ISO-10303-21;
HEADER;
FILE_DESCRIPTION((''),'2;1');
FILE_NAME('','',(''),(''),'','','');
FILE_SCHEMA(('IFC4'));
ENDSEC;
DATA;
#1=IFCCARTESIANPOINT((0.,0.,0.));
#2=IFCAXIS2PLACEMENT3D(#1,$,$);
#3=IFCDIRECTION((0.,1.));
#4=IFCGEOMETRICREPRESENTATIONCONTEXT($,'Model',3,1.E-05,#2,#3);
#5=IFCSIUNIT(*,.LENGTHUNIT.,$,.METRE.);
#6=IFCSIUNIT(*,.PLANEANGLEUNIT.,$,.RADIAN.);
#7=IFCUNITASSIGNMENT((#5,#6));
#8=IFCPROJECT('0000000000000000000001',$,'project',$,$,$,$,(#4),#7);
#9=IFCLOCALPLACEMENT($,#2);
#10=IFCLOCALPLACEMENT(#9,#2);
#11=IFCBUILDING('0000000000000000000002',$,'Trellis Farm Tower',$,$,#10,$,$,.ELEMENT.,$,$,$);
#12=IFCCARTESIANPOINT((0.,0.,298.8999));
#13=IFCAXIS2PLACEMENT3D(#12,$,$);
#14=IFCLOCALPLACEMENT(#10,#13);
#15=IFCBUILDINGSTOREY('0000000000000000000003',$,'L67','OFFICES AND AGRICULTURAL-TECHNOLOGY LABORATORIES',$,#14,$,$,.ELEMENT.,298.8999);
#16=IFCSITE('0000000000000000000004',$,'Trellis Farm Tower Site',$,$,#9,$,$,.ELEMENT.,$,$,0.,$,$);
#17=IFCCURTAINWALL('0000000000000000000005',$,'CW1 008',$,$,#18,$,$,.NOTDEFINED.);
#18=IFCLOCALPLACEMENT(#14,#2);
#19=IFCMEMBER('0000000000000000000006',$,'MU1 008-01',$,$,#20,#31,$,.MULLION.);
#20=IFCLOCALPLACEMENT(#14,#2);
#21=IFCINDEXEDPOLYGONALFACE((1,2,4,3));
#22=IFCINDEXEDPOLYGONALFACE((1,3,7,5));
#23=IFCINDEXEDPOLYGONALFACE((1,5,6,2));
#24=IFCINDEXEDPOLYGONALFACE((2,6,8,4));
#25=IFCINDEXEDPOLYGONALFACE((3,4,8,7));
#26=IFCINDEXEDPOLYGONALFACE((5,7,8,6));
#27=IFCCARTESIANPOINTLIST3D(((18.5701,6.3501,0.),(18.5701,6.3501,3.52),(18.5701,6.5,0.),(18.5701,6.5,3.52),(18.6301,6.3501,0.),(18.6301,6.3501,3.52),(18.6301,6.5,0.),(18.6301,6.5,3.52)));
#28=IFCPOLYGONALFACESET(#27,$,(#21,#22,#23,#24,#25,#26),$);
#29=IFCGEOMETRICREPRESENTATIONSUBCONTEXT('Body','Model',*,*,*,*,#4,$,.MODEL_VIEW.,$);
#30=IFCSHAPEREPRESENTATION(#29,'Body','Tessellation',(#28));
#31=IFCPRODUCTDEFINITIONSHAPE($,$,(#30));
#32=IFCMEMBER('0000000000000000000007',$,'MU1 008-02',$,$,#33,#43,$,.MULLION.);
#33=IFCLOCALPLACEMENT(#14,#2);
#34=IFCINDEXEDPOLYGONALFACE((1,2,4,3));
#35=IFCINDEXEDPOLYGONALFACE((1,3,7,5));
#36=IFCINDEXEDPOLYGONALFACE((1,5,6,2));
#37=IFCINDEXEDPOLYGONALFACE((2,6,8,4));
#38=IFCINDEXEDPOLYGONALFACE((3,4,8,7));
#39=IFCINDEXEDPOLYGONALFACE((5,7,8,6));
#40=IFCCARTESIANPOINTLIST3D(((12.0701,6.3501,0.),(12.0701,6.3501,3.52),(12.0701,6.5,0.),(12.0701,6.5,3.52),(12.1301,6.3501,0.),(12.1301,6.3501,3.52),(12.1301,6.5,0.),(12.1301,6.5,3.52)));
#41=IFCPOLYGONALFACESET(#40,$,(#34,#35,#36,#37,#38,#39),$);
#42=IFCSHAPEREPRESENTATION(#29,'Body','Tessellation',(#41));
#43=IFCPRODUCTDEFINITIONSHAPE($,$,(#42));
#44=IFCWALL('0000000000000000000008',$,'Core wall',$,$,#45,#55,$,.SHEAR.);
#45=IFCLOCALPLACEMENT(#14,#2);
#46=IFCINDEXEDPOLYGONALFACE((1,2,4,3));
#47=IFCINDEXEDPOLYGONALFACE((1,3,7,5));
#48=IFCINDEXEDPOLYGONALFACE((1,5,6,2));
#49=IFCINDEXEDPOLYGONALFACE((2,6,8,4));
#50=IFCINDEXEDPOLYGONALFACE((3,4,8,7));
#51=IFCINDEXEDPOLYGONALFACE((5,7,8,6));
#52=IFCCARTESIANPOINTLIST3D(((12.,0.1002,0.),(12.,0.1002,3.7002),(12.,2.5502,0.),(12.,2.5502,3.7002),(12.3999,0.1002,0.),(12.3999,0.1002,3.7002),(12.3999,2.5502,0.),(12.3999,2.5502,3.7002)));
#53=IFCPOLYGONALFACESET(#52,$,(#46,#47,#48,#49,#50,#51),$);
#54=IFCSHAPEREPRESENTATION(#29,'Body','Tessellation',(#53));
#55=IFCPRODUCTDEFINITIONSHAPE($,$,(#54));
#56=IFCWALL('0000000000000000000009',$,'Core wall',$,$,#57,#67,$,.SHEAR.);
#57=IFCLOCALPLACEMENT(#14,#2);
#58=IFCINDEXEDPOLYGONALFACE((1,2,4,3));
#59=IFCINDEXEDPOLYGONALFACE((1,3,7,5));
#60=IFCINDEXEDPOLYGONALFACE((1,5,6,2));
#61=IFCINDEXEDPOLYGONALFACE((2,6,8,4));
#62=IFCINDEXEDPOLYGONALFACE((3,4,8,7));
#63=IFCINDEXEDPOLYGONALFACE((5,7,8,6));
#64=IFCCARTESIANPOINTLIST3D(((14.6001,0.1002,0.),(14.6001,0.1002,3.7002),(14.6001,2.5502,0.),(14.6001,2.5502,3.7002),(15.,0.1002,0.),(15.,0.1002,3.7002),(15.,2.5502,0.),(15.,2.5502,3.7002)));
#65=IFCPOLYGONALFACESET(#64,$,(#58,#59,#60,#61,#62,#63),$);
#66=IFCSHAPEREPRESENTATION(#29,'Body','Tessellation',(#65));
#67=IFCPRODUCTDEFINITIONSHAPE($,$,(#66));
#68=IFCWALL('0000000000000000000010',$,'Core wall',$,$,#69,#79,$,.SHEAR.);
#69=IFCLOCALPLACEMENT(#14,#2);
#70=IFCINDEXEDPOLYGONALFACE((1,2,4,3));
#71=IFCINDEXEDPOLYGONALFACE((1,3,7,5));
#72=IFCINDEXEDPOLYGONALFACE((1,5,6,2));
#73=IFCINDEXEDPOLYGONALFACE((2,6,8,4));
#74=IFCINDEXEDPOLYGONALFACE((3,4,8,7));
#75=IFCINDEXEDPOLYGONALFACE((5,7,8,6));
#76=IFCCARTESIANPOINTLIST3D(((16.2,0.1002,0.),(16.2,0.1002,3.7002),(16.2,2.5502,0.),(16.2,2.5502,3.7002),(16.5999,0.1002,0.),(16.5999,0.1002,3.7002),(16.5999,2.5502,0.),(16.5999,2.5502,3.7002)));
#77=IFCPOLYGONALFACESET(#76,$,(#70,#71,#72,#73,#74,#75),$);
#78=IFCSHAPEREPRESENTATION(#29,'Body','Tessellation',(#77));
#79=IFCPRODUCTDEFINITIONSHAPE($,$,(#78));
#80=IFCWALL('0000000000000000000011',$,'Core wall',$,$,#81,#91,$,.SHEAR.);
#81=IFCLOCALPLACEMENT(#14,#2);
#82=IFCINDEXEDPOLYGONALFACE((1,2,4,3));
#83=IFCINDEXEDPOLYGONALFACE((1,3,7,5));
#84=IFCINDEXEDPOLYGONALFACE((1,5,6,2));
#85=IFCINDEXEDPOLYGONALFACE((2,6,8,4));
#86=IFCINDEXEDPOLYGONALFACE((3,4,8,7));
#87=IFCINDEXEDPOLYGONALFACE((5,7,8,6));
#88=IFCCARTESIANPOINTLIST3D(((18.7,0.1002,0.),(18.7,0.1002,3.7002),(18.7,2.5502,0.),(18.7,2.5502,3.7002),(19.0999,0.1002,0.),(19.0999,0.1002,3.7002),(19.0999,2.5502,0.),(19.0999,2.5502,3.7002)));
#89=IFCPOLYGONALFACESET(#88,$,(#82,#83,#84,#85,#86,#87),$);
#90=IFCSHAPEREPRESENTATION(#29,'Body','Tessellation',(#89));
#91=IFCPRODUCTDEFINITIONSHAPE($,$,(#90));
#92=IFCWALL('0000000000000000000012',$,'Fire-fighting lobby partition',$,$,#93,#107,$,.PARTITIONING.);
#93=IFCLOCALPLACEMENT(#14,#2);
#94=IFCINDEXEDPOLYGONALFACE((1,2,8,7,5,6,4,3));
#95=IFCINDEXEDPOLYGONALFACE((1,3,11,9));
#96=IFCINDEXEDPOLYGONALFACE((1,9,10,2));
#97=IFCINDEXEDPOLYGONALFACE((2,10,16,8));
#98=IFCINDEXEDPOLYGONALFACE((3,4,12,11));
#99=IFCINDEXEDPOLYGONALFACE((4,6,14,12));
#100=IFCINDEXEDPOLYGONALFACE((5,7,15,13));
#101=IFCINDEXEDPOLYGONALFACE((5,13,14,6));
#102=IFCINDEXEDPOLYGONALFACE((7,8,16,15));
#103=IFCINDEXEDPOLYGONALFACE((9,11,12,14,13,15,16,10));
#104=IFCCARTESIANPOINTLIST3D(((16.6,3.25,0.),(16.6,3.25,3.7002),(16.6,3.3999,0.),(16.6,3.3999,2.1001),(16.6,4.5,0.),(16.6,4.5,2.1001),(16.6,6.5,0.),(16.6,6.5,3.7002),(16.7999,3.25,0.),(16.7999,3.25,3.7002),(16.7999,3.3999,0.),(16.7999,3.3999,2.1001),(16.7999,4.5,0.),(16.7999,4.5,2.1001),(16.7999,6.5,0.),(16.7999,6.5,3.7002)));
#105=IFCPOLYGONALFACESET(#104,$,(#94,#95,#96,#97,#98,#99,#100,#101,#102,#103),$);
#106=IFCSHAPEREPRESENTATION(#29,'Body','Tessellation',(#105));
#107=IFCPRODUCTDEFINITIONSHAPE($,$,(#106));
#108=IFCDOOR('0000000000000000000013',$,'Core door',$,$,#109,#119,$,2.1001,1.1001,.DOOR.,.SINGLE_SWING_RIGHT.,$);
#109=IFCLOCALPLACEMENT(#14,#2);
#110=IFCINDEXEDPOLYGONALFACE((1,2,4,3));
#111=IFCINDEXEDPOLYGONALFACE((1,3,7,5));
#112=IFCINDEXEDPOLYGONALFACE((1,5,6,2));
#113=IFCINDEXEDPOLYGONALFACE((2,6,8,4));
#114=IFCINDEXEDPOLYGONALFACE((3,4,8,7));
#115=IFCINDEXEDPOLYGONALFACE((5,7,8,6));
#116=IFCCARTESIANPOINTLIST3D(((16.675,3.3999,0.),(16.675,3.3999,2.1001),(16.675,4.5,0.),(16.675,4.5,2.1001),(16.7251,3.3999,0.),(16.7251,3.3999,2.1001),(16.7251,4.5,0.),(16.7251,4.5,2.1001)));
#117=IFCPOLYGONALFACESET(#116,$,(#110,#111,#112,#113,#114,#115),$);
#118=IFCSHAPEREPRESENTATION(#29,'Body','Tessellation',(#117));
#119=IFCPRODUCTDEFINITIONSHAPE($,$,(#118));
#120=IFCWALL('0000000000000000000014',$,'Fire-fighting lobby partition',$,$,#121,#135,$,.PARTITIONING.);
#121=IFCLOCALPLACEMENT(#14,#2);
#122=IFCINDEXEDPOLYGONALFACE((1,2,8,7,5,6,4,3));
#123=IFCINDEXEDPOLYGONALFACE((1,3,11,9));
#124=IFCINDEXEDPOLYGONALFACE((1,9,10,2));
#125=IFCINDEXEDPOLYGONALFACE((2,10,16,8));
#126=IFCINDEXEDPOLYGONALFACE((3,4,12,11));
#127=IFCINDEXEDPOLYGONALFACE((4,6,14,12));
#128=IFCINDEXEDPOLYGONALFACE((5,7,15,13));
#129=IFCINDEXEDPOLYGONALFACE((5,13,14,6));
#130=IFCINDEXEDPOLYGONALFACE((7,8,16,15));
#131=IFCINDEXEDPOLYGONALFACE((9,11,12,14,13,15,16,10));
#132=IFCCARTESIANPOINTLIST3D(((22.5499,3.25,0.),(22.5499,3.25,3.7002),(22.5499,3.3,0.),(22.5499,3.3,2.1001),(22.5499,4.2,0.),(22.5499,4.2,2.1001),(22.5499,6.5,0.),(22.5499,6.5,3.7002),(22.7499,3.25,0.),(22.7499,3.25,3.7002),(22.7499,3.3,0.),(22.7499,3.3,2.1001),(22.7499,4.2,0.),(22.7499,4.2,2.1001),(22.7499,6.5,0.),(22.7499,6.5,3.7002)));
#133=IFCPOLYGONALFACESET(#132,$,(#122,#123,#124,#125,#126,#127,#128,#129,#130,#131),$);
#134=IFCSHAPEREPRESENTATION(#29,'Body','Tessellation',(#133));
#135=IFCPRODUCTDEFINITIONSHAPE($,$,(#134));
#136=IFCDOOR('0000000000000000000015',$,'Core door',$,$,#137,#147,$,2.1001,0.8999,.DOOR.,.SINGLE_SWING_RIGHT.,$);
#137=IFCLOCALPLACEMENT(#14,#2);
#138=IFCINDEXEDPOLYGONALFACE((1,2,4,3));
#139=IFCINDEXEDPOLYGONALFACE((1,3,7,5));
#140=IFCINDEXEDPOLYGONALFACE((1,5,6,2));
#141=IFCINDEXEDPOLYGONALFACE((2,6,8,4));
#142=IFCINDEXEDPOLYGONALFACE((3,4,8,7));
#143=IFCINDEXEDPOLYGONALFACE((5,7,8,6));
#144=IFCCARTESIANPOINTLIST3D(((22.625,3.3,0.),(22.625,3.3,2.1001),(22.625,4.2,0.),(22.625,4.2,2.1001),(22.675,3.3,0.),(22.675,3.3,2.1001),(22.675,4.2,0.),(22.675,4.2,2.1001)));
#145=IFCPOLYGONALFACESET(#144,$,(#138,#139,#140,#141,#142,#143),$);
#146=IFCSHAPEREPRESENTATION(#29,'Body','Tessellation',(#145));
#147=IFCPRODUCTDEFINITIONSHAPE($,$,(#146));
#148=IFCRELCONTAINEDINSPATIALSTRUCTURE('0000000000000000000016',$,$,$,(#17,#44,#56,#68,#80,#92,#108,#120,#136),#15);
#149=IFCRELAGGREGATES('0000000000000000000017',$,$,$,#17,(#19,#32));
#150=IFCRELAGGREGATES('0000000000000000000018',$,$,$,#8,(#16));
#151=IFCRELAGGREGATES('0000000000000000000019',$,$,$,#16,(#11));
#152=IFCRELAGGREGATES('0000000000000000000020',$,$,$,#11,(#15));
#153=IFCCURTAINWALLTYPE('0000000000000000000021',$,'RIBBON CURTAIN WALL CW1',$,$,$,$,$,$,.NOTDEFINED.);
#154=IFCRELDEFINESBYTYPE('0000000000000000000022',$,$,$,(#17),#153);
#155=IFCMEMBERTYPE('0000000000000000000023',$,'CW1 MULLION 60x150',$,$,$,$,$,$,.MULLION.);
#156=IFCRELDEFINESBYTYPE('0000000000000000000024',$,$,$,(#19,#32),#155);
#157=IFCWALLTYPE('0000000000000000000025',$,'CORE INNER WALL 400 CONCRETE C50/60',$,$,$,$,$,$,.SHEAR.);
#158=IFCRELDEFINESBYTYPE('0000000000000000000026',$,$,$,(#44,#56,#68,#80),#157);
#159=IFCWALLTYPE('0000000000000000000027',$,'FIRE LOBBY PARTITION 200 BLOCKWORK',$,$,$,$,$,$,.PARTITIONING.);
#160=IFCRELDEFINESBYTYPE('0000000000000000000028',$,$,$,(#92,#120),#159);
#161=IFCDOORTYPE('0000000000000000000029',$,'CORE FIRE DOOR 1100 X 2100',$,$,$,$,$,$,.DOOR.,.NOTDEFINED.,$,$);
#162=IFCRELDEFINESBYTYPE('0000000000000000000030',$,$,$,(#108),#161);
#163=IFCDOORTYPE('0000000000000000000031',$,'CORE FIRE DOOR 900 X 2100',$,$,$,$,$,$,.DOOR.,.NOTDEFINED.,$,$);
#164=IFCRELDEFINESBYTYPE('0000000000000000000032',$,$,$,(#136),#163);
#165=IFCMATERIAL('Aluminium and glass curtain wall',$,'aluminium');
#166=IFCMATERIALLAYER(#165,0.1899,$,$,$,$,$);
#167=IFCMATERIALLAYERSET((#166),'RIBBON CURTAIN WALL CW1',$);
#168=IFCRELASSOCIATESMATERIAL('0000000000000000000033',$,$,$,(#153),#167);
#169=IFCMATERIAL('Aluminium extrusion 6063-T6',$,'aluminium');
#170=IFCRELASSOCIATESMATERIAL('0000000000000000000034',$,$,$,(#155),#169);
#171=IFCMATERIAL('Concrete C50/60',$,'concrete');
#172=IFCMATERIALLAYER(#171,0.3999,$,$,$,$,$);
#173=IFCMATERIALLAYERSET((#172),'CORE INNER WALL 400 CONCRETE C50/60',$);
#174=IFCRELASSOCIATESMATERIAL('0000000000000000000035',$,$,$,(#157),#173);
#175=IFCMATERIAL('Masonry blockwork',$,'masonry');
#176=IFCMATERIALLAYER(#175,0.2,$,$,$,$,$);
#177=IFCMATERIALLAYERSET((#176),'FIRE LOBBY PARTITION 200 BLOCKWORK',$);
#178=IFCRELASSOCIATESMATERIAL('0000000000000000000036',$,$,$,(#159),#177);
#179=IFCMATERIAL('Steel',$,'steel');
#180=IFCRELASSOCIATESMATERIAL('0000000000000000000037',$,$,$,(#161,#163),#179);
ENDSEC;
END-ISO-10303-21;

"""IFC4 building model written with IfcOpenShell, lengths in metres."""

from ifc_helpers import new_model, si_unit, direction, frame, frame_2d, origin, origin_2d, place, context, subcontext, project, spatial, rectangle, extrude, source, transform, mapped, material, layer, layer_set, material_profile, profile_set, type_object, element, fill, aggregate, save


model = new_model("IFC4")

# Units and contexts
model_context = context("Model", 3, precision=1e-05, world=origin(), true_north=direction((0.0, 1.0)))
body_context = subcontext(model_context, "Body", "Model", "MODEL_VIEW")
ifc_project = project(units=[si_unit("LENGTHUNIT", "METRE"), si_unit("PLANEANGLEUNIT", "RADIAN")], contexts=[model_context])

# Site, building, storey
site_placement = place(None, origin())
site = spatial("IfcSite", under=ifc_project, at=site_placement, Name="Trellis Farm Tower Site", CompositionType="ELEMENT", RefElevation=0.0)
building_placement = place(site_placement, origin())
building = spatial("IfcBuilding", under=site, at=building_placement, Name="Trellis Farm Tower", CompositionType="ELEMENT")
storey_placement = place(building_placement, frame((0.0, 0.0, 298.8999)))
storey = spatial("IfcBuildingStorey", under=building, at=storey_placement, Name="L67", Description="OFFICES AND AGRICULTURAL-TECHNOLOGY LABORATORIES", CompositionType="ELEMENT", Elevation=298.8999)

# Curtain wall, members
ifc_material_1 = material(Name="Aluminium and glass curtain wall", Category="aluminium")
ifc_layer_1 = layer(ifc_material_1, 0.1899)
ifc_layer_set_1 = layer_set([ifc_layer_1], Name="RIBBON CURTAIN WALL CW1")
curtain_wall_type = type_object("IfcCurtainWallType", Name="RIBBON CURTAIN WALL CW1", PredefinedType="NOTDEFINED", material=ifc_layer_set_1)
placement = place(storey_placement, origin())
ifc_material_2 = material(Name="Aluminium extrusion 6063-T6", Category="aluminium")
ifc_material_profile_1 = material_profile(ifc_material_2, rectangle(XDim=0.0601, YDim=0.1499, at=origin_2d()), Name="MULLION 60x150")
ifc_profile_set_1 = profile_set([ifc_material_profile_1], Name="Aluminium extrusion 6063-T6")
member_type = type_object("IfcMemberType", Name="CW1 MULLION 60x150", PredefinedType="MULLION", material=ifc_profile_set_1)
shared_shape_1 = source(origin(), body_context, "Body", "SweptSolid", [
    extrude(rectangle(XDim=0.0601, YDim=0.1499, at=origin_2d()), origin(), (0.0, 0.0, 1.0), 3.52),
])
curtain_wall_1 = element("IfcCurtainWall", 1, at=placement, inside=storey, type_object=curtain_wall_type, Name="CW1 008", PredefinedType="NOTDEFINED")
member_1_placement = place(storey_placement, frame((18.6001, 6.425, 0.0), z_axis=(0.0, 0.0, 1.0), x_axis=(-1.0, 0.0, 0.0)))
member_1 = element("IfcMember", 2, at=member_1_placement, type_object=member_type, Name="MU1 008-01", PredefinedType="MULLION", context=body_context, shape_type="MappedRepresentation", body=[
    mapped(shared_shape_1, transform((0.0, 0.0, 0.0))),
])
member_2_placement = place(storey_placement, frame((12.1001, 6.425, 0.0), z_axis=(0.0, 0.0, 1.0), x_axis=(-1.0, 0.0, 0.0)))
member_2 = element("IfcMember", 3, at=member_2_placement, type_object=member_type, Name="MU1 008-02", PredefinedType="MULLION", context=body_context, shape_type="MappedRepresentation", body=[
    mapped(shared_shape_1, transform((0.0, 0.0, 0.0))),
])
aggregate(curtain_wall_1, [member_1, member_2])

# Walls
ifc_material_3 = material(Name="Concrete C50/60", Category="concrete")
ifc_layer_2 = layer(ifc_material_3, 0.3999)
ifc_layer_set_2 = layer_set([ifc_layer_2], Name="CORE INNER WALL 400 CONCRETE C50/60")
wall_type_1 = type_object("IfcWallType", Name="CORE INNER WALL 400 CONCRETE C50/60", PredefinedType="SHEAR", material=ifc_layer_set_2)
shared_shape_2 = source(origin(), body_context, "Body", "SweptSolid", [
    extrude(rectangle(XDim=2.45, YDim=0.3999, at=frame_2d((1.2251, 0.0))), origin(), (0.0, 0.0, 1.0), 3.7002),
])
for number, where, z_axis, x_axis, name in (
    (4, (12.2, 0.1001, 0.0), (0.0, 0.0, 1.0), (0.0, 1.0, 0.0), "Core wall"),
    (5, (14.8, 0.1001, 0.0), (0.0, 0.0, 1.0), (0.0, 1.0, 0.0), "Core wall"),
    (6, (16.3999, 0.1001, 0.0), (0.0, 0.0, 1.0), (0.0, 1.0, 0.0), "Core wall"),
    (7, (18.8999, 0.1001, 0.0), (0.0, 0.0, 1.0), (0.0, 1.0, 0.0), "Core wall"),
):
    element("IfcWall", number, at=place(storey_placement, frame(where, z_axis=z_axis, x_axis=x_axis)), inside=storey, type_object=wall_type_1, Name=name, PredefinedType="SHEAR", context=body_context, shape_type="MappedRepresentation", body=[
        mapped(shared_shape_2, transform((0.0, 0.0, 0.0))),
    ])

# Walls, openings, doors
ifc_material_4 = material(Name="Masonry blockwork", Category="masonry")
ifc_layer_3 = layer(ifc_material_4, 0.2)
ifc_layer_set_3 = layer_set([ifc_layer_3], Name="FIRE LOBBY PARTITION 200 BLOCKWORK")
wall_type_2 = type_object("IfcWallType", Name="FIRE LOBBY PARTITION 200 BLOCKWORK", PredefinedType="PARTITIONING", material=ifc_layer_set_3)
shared_shape_3 = source(origin(), body_context, "Body", "SweptSolid", [
    extrude(rectangle(XDim=3.25, YDim=0.2, at=frame_2d((1.625, 0.0))), origin(), (0.0, 0.0, 1.0), 3.7002),
])
wall_1_placement = place(storey_placement, frame((16.7, 3.25, 0.0), z_axis=(0.0, 0.0, 1.0), x_axis=(0.0, 1.0, 0.0)))
wall_1 = element("IfcWall", 8, at=wall_1_placement, inside=storey, type_object=wall_type_2, Name="Fire-fighting lobby partition", PredefinedType="PARTITIONING", context=body_context, shape_type="MappedRepresentation", body=[
    mapped(shared_shape_3, transform((0.0, 0.0, 0.0))),
])
shared_shape_4 = source(origin(), body_context, "Body", "SweptSolid", [
    extrude(rectangle(XDim=1.1001, YDim=2.1001, at=frame_2d((0.55, 1.05))), frame((0.0, 0.1101, 0.0), z_axis=(0.0, -1.0, 0.0), x_axis=(1.0, 0.0, 0.0)), (0.0, 0.0, 1.0), 0.2202),
])
opening_1_placement = place(wall_1_placement, frame((0.1499, 0.0, 0.0)))
opening_1 = element("IfcOpeningElement", 9, at=opening_1_placement, cuts=wall_1, PredefinedType="OPENING", context=body_context, shape_type="MappedRepresentation", body=[
    mapped(shared_shape_4, transform((0.0, 0.0, 0.0))),
])
ifc_material_5 = material(Name="Steel", Category="steel")
door_type_1 = type_object("IfcDoorType", Name="CORE FIRE DOOR 1100 X 2100", OperationType="NOTDEFINED", PredefinedType="DOOR", material=ifc_material_5)
shared_shape_5 = source(origin(), body_context, "Body", "SweptSolid", [
    extrude(rectangle(XDim=1.1001, YDim=2.1001, at=frame_2d((0.55, 1.05))), frame((0.0, 0.0249, 0.0), z_axis=(0.0, -1.0, 0.0), x_axis=(1.0, 0.0, 0.0)), (0.0, 0.0, 1.0), 0.05),
])
door_1_placement = place(opening_1_placement, origin())
door_1 = element("IfcDoor", 10, at=door_1_placement, inside=storey, type_object=door_type_1, Name="Core door", OperationType="SINGLE_SWING_RIGHT", OverallHeight=2.1001, OverallWidth=1.1001, PredefinedType="DOOR", context=body_context, shape_type="MappedRepresentation", body=[
    mapped(shared_shape_5, transform((0.0, 0.0, 0.0))),
])
fill(opening_1, door_1)
wall_2_placement = place(storey_placement, frame((22.6499, 3.25, 0.0), z_axis=(0.0, 0.0, 1.0), x_axis=(0.0, 1.0, 0.0)))
wall_2 = element("IfcWall", 11, at=wall_2_placement, inside=storey, type_object=wall_type_2, Name="Fire-fighting lobby partition", PredefinedType="PARTITIONING", context=body_context, shape_type="MappedRepresentation", body=[
    mapped(shared_shape_3, transform((0.0, 0.0, 0.0))),
])
shared_shape_6 = source(origin(), body_context, "Body", "SweptSolid", [
    extrude(rectangle(XDim=0.8999, YDim=2.1001, at=frame_2d((0.45, 1.05))), frame((0.0, 0.1101, 0.0), z_axis=(0.0, -1.0, 0.0), x_axis=(1.0, 0.0, 0.0)), (0.0, 0.0, 1.0), 0.2202),
])
opening_2_placement = place(wall_2_placement, frame((0.05, 0.0, 0.0)))
opening_2 = element("IfcOpeningElement", 12, at=opening_2_placement, cuts=wall_2, PredefinedType="OPENING", context=body_context, shape_type="MappedRepresentation", body=[
    mapped(shared_shape_6, transform((0.0, 0.0, 0.0))),
])
door_type_2 = type_object("IfcDoorType", Name="CORE FIRE DOOR 900 X 2100", OperationType="NOTDEFINED", PredefinedType="DOOR", material=ifc_material_5)
shared_shape_7 = source(origin(), body_context, "Body", "SweptSolid", [
    extrude(rectangle(XDim=0.8999, YDim=2.1001, at=frame_2d((0.45, 1.05))), frame((0.0, 0.0249, 0.0), z_axis=(0.0, -1.0, 0.0), x_axis=(1.0, 0.0, 0.0)), (0.0, 0.0, 1.0), 0.05),
])
door_2_placement = place(opening_2_placement, origin())
door_2 = element("IfcDoor", 13, at=door_2_placement, inside=storey, type_object=door_type_2, Name="Core door", OperationType="SINGLE_SWING_RIGHT", OverallHeight=2.1001, OverallWidth=0.8999, PredefinedType="DOOR", context=body_context, shape_type="MappedRepresentation", body=[
    mapped(shared_shape_7, transform((0.0, 0.0, 0.0))),
])
fill(opening_2, door_2)

save(model, "model.ifc")
